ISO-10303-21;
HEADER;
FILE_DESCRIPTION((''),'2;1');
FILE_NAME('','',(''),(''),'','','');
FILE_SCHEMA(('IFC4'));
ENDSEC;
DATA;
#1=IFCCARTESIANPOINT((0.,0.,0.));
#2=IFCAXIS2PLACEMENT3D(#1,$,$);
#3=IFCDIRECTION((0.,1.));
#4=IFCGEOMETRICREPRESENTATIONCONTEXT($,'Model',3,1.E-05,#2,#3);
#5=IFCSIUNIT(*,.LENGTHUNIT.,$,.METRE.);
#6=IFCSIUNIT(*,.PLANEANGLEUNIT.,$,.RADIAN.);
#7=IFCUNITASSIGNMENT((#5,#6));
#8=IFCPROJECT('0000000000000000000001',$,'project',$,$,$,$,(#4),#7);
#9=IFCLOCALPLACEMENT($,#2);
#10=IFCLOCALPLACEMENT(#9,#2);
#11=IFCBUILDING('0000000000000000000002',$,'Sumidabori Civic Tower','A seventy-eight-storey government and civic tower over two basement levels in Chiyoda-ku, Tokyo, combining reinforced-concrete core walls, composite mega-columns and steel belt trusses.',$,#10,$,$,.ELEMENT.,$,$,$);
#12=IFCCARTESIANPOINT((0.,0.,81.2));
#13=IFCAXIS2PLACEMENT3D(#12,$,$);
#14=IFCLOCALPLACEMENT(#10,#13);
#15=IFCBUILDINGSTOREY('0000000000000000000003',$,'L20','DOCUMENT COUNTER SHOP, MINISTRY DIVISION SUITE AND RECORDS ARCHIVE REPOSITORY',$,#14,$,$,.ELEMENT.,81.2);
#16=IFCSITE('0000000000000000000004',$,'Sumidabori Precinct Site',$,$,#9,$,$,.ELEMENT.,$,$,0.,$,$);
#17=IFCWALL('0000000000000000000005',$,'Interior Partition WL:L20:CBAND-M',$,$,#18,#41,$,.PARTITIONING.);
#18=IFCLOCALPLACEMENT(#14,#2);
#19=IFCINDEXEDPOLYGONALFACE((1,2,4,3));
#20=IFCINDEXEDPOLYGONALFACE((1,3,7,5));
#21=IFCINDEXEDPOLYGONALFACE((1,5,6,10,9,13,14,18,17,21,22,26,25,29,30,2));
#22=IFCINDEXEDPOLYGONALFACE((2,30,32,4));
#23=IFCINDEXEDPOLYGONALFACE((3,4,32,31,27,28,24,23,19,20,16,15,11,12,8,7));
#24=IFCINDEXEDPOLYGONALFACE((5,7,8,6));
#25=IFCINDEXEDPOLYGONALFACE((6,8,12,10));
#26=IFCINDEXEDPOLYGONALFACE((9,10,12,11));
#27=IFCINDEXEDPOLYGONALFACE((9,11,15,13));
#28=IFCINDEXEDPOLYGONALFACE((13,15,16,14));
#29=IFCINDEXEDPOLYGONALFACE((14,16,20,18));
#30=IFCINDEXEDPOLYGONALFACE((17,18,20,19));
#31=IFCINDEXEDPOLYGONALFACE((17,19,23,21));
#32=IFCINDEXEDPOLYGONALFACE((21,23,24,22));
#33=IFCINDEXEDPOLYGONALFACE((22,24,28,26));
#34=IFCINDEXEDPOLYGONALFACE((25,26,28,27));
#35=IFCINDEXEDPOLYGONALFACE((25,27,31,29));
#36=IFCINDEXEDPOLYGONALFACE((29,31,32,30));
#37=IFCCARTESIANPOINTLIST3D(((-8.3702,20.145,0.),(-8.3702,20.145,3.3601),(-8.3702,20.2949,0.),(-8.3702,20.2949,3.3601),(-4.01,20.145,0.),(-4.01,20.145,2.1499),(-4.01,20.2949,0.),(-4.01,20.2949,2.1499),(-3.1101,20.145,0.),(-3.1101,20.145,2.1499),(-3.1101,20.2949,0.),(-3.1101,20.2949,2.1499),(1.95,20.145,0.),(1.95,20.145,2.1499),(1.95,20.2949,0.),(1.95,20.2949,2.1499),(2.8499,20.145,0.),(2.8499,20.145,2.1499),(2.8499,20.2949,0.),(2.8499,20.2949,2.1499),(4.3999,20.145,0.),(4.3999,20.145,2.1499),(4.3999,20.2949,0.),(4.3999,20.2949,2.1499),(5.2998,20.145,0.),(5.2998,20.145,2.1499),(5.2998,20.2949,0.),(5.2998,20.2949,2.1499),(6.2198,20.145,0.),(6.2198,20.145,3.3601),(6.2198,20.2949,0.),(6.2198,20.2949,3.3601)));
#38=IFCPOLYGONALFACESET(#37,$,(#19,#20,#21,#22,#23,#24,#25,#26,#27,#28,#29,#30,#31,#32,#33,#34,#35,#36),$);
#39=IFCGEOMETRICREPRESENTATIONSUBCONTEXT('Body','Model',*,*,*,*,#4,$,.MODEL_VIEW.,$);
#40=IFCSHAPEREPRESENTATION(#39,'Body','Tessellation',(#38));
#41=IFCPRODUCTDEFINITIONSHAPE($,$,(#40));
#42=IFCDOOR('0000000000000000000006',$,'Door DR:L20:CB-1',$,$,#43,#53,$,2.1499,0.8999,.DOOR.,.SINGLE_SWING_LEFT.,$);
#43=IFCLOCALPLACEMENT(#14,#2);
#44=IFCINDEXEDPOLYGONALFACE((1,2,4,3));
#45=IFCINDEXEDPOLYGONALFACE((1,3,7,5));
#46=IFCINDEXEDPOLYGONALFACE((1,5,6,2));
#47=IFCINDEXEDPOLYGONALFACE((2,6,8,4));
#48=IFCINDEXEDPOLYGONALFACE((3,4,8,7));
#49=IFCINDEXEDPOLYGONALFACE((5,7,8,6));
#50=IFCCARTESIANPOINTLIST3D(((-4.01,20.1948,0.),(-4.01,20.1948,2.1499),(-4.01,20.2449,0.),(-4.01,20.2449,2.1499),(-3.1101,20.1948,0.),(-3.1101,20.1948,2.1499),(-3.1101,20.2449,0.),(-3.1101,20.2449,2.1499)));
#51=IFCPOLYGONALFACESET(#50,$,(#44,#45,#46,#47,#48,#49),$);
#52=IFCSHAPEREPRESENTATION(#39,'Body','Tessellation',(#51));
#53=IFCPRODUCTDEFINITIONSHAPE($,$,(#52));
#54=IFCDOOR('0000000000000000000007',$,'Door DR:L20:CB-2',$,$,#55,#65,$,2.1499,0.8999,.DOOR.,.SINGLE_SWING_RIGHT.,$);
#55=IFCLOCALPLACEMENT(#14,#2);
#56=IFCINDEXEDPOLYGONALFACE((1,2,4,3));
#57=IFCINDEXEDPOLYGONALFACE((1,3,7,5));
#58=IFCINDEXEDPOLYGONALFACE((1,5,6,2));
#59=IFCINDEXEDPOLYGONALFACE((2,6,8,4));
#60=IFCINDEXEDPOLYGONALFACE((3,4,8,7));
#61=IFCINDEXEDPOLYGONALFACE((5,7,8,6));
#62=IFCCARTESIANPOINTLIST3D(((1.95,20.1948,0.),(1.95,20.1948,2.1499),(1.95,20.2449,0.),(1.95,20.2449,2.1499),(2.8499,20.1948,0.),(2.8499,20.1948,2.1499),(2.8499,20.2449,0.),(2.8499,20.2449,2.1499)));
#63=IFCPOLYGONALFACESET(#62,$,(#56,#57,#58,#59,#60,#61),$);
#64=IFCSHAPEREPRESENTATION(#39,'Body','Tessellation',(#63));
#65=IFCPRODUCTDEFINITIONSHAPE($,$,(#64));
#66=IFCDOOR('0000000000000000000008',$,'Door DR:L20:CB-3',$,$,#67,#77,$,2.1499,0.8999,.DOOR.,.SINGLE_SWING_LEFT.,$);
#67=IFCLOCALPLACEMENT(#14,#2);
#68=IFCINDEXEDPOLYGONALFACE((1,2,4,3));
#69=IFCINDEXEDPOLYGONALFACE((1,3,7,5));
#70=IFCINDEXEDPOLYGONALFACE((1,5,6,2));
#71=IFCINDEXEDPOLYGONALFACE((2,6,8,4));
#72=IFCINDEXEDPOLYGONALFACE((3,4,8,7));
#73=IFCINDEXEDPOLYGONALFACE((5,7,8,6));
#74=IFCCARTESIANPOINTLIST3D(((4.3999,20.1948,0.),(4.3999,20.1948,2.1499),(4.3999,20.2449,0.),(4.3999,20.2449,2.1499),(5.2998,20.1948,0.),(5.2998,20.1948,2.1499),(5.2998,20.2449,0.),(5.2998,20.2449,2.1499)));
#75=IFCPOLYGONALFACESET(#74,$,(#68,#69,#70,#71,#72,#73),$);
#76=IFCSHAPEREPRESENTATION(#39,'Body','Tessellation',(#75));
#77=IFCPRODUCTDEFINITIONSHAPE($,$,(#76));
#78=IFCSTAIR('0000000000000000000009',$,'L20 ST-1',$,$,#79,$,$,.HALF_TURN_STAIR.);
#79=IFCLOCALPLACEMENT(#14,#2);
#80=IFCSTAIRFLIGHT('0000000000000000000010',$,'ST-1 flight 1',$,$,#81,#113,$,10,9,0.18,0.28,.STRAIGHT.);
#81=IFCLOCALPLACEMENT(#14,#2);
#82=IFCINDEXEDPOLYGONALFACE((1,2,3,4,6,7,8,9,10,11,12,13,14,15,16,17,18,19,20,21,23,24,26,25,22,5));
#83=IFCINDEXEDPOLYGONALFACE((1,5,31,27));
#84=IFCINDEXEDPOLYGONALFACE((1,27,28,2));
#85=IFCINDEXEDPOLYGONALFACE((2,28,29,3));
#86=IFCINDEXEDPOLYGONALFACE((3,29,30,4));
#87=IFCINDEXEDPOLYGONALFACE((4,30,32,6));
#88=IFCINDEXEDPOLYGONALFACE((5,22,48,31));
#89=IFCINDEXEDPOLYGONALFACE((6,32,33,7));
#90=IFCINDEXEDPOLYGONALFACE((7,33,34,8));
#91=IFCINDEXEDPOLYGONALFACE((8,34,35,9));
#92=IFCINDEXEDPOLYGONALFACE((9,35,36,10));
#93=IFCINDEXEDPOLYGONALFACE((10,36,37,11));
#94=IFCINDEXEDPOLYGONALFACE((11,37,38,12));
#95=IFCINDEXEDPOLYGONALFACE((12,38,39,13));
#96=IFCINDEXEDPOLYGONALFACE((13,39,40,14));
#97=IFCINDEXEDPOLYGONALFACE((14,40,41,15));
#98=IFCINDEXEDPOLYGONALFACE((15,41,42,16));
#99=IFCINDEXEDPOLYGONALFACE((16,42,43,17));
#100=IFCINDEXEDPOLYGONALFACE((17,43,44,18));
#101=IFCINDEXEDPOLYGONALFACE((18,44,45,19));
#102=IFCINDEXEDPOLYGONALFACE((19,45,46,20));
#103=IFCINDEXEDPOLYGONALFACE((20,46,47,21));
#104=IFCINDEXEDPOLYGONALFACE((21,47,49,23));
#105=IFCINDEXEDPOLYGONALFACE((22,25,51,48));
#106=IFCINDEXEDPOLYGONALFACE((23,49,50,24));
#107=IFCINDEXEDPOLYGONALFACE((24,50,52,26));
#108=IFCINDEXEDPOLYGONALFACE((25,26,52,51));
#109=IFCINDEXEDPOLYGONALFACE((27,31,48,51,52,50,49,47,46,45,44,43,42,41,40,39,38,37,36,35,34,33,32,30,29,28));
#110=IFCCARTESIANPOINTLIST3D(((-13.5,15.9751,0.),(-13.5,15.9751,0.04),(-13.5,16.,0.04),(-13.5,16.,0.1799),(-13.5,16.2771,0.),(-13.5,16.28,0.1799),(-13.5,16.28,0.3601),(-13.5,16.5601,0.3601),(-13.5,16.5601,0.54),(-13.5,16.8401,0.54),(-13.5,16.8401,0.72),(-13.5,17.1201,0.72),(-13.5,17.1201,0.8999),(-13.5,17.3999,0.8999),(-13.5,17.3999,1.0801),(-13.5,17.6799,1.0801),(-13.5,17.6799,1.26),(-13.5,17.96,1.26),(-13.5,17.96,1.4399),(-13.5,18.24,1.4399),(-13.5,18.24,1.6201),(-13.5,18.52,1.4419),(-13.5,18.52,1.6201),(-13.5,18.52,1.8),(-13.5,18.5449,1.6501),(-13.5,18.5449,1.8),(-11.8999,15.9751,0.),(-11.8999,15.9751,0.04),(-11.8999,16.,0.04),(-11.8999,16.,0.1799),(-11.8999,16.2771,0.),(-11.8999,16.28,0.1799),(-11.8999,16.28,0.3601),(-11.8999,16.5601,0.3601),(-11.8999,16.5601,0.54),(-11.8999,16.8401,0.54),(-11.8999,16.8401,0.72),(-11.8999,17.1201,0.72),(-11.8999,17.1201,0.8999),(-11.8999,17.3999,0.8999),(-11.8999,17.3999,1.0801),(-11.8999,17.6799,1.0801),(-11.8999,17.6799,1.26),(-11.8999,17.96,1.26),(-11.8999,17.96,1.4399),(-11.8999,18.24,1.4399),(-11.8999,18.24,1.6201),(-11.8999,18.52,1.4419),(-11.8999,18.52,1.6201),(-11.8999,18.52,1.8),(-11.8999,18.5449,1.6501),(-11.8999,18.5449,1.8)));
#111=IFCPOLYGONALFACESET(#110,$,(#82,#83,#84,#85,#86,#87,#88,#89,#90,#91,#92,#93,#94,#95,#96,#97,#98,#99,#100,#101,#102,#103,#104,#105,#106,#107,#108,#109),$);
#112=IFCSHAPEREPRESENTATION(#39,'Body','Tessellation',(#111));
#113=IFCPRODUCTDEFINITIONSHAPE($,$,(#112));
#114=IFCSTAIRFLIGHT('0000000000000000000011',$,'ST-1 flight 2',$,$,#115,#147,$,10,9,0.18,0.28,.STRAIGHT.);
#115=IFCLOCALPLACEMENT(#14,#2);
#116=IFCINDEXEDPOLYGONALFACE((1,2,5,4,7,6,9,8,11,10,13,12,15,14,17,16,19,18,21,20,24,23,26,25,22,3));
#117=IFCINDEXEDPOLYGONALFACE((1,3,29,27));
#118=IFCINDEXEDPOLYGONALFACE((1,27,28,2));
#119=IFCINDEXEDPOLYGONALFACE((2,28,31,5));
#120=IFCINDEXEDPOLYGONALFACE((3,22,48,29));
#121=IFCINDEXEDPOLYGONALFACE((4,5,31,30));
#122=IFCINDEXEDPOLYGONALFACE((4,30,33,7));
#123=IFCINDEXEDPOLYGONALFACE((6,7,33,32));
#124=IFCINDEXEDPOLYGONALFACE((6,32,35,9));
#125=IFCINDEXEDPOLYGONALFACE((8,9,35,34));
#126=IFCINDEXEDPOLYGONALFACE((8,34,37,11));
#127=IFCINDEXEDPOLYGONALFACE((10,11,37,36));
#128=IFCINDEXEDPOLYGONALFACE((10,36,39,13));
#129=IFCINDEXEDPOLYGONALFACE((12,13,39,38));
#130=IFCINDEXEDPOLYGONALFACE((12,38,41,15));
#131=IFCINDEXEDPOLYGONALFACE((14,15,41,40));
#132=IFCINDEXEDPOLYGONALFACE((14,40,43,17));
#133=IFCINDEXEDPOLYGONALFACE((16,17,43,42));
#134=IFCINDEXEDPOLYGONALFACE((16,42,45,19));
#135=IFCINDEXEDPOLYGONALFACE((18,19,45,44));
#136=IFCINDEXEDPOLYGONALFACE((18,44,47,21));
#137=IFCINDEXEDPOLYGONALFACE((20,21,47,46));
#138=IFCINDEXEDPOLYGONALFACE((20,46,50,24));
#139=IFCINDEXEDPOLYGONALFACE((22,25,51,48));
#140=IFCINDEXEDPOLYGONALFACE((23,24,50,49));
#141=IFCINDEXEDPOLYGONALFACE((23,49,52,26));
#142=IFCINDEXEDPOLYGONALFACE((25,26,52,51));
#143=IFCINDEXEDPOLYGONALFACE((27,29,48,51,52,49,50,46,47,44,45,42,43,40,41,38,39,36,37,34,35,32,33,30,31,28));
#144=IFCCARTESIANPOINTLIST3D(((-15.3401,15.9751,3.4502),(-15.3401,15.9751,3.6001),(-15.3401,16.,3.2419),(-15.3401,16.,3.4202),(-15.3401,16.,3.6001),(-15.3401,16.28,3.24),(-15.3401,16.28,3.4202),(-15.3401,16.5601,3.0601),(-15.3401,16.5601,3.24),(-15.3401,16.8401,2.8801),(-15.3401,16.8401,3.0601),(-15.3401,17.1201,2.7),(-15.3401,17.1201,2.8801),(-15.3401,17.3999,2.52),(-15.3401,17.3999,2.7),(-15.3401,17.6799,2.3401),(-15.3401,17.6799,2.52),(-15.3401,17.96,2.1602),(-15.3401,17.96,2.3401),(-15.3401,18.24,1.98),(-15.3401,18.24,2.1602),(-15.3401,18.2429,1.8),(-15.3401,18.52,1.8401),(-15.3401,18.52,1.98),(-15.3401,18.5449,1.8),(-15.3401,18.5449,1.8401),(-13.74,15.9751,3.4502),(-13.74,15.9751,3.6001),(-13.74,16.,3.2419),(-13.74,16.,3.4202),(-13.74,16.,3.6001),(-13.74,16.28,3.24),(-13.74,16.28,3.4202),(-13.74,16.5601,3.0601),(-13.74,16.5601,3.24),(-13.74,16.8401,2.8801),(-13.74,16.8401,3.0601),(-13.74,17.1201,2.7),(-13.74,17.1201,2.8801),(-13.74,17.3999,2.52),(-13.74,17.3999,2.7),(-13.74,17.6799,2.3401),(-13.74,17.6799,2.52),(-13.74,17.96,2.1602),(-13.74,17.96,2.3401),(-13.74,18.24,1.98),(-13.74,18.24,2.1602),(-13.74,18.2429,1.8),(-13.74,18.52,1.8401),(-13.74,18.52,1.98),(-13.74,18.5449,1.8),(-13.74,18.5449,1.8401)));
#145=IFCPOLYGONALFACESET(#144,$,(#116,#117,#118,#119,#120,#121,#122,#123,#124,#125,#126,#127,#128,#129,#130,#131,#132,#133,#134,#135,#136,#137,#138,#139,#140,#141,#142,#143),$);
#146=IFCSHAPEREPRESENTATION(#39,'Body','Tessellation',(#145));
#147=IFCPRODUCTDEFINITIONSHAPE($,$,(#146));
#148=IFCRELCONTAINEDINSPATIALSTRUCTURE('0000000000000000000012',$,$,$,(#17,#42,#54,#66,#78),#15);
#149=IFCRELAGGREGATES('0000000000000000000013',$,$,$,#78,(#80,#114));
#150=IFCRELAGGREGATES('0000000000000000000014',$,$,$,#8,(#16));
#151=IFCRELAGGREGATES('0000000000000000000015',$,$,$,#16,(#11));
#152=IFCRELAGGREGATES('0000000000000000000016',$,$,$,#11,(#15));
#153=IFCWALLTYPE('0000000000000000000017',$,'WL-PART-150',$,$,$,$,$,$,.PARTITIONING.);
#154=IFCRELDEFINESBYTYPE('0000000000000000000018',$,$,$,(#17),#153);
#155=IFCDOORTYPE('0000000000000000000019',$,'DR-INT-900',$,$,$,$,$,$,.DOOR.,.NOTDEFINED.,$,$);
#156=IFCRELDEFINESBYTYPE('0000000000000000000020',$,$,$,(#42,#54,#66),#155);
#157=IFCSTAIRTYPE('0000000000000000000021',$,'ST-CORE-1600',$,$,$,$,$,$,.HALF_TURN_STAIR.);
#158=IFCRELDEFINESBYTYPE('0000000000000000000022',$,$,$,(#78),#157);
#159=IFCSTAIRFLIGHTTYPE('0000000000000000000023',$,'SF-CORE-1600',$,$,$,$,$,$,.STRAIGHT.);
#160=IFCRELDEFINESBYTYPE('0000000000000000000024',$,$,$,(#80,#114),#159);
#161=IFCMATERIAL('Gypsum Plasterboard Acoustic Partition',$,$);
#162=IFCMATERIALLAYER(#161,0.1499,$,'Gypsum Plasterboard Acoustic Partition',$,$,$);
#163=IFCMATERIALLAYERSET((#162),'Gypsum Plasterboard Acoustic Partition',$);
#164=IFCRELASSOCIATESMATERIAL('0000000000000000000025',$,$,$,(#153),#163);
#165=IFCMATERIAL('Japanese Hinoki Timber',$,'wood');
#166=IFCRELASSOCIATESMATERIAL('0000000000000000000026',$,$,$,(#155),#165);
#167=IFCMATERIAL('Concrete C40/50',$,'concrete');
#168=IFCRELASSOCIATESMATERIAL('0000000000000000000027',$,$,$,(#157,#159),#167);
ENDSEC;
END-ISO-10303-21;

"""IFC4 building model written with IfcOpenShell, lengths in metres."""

from ifc_helpers import new_model, si_unit, direction, frame, frame_2d, origin, place, context, subcontext, project, spatial, polyline, rectangle, outline, extrude, source, transform, mapped, material, layer, layer_set, type_object, element, fill, aggregate, save


model = new_model("IFC4")

# Units and contexts
model_context = context("Model", 3, precision=1e-05, world=origin(), true_north=direction((0.0, 1.0)))
body_context = subcontext(model_context, "Body", "Model", "MODEL_VIEW")
ifc_project = project(units=[si_unit("LENGTHUNIT", "METRE"), si_unit("PLANEANGLEUNIT", "RADIAN")], contexts=[model_context])

# Site, building, storey
site_placement = place(None, origin())
site = spatial("IfcSite", under=ifc_project, at=site_placement, Name="Sumidabori Precinct Site", CompositionType="ELEMENT", RefElevation=0.0)
building_placement = place(site_placement, origin())
building = spatial("IfcBuilding", under=site, at=building_placement, Name="Sumidabori Civic Tower", Description="A seventy-eight-storey government and civic tower over two basement levels in Chiyoda-ku, Tokyo, combining reinforced-concrete core walls, composite mega-columns and steel belt trusses.", CompositionType="ELEMENT")
storey_placement = place(building_placement, frame((0.0, 0.0, 81.2)))
storey = spatial("IfcBuildingStorey", under=building, at=storey_placement, Name="L20", Description="DOCUMENT COUNTER SHOP, MINISTRY DIVISION SUITE AND RECORDS ARCHIVE REPOSITORY", CompositionType="ELEMENT", Elevation=81.2)

# Wall, openings, doors
ifc_material_1 = material(Name="Gypsum Plasterboard Acoustic Partition")
ifc_layer_1 = layer(ifc_material_1, 0.1499, Name="Gypsum Plasterboard Acoustic Partition")
ifc_layer_set_1 = layer_set([ifc_layer_1], Name="Gypsum Plasterboard Acoustic Partition")
wall_type_1 = type_object("IfcWallType", Name="WL-PART-150", PredefinedType="PARTITIONING", material=ifc_layer_set_1)
shared_shape_1 = source(origin(), body_context, "Body", "SweptSolid", [
    extrude(rectangle(XDim=14.5901, YDim=0.1499, at=frame_2d((7.2949, 0.0))), origin(), (0.0, 0.0, 1.0), 3.3601),
])
wall_1_placement = place(storey_placement, frame((-8.3701, 20.22, 0.0), z_axis=(0.0, 0.0, 1.0), x_axis=(1.0, 0.0, 0.0)))
wall_1 = element("IfcWall", 1, at=wall_1_placement, inside=storey, type_object=wall_type_1, Name="Interior Partition WL:L20:CBAND-M", PredefinedType="PARTITIONING", context=body_context, shape_type="MappedRepresentation", body=[
    mapped(shared_shape_1, transform((0.0, 0.0, 0.0), x_axis=(1.0, 0.0, 0.0), y_axis=(0.0, 1.0, 0.0), z_axis=(0.0, 0.0, 1.0), scale=1.0)),
])
opening_1_placement = place(wall_1_placement, frame((4.3601, 0.0, 0.0)))
opening_1 = element("IfcOpeningElement", 2, at=opening_1_placement, cuts=wall_1, PredefinedType="OPENING", context=body_context, shape_type="SweptSolid", body=[
    extrude(rectangle(XDim=0.8999, YDim=2.1499, at=frame_2d((0.45, 1.075))), frame((0.0, 0.0869, 0.0), z_axis=(0.0, -1.0, 0.0), x_axis=(1.0, 0.0, 0.0)), (0.0, 0.0, 1.0), 0.1738),
])
opening_2_placement = place(wall_1_placement, frame((10.3201, 0.0, 0.0)))
opening_2 = element("IfcOpeningElement", 3, at=opening_2_placement, cuts=wall_1, PredefinedType="OPENING", context=body_context, shape_type="SweptSolid", body=[
    extrude(rectangle(XDim=0.8999, YDim=2.1499, at=frame_2d((0.45, 1.075))), frame((0.0, 0.0869, 0.0), z_axis=(0.0, -1.0, 0.0), x_axis=(1.0, 0.0, 0.0)), (0.0, 0.0, 1.0), 0.1738),
])
opening_3_placement = place(wall_1_placement, frame((12.77, 0.0, 0.0)))
opening_3 = element("IfcOpeningElement", 4, at=opening_3_placement, cuts=wall_1, PredefinedType="OPENING", context=body_context, shape_type="SweptSolid", body=[
    extrude(rectangle(XDim=0.8999, YDim=2.1499, at=frame_2d((0.45, 1.075))), frame((0.0, 0.0869, 0.0), z_axis=(0.0, -1.0, 0.0), x_axis=(1.0, 0.0, 0.0)), (0.0, 0.0, 1.0), 0.1738),
])
ifc_material_2 = material(Name="Japanese Hinoki Timber", Category="wood")
door_type = type_object("IfcDoorType", Name="DR-INT-900", OperationType="NOTDEFINED", PredefinedType="DOOR", material=ifc_material_2)
shared_shape_2 = source(origin(), body_context, "Body", "SweptSolid", [
    extrude(rectangle(XDim=0.8999, YDim=2.1499, at=frame_2d((0.45, 1.075))), frame((0.0, 0.0249, 0.0), z_axis=(0.0, -1.0, 0.0), x_axis=(1.0, 0.0, 0.0)), (0.0, 0.0, 1.0), 0.05),
])
door_1_placement = place(opening_1_placement, origin())
door_1 = element("IfcDoor", 5, at=door_1_placement, inside=storey, type_object=door_type, Name="Door DR:L20:CB-1", OperationType="SINGLE_SWING_LEFT", OverallHeight=2.1499, OverallWidth=0.8999, PredefinedType="DOOR", context=body_context, shape_type="MappedRepresentation", body=[
    mapped(shared_shape_2, transform((0.0, 0.0, 0.0), x_axis=(1.0, 0.0, 0.0), y_axis=(0.0, 1.0, 0.0), z_axis=(0.0, 0.0, 1.0), scale=1.0)),
])
fill(opening_1, door_1)
door_2_placement = place(opening_2_placement, origin())
door_2 = element("IfcDoor", 6, at=door_2_placement, inside=storey, type_object=door_type, Name="Door DR:L20:CB-2", OperationType="SINGLE_SWING_RIGHT", OverallHeight=2.1499, OverallWidth=0.8999, PredefinedType="DOOR", context=body_context, shape_type="MappedRepresentation", body=[
    mapped(shared_shape_2, transform((0.0, 0.0, 0.0), x_axis=(1.0, 0.0, 0.0), y_axis=(0.0, 1.0, 0.0), z_axis=(0.0, 0.0, 1.0), scale=1.0)),
])
fill(opening_2, door_2)
door_3_placement = place(opening_3_placement, origin())
door_3 = element("IfcDoor", 7, at=door_3_placement, inside=storey, type_object=door_type, Name="Door DR:L20:CB-3", OperationType="SINGLE_SWING_LEFT", OverallHeight=2.1499, OverallWidth=0.8999, PredefinedType="DOOR", context=body_context, shape_type="MappedRepresentation", body=[
    mapped(shared_shape_2, transform((0.0, 0.0, 0.0), x_axis=(1.0, 0.0, 0.0), y_axis=(0.0, 1.0, 0.0), z_axis=(0.0, 0.0, 1.0), scale=1.0)),
])
fill(opening_3, door_3)

# Stair, stair flights
ifc_material_3 = material(Name="Concrete C40/50", Category="concrete")
stair_type = type_object("IfcStairType", Name="ST-CORE-1600", PredefinedType="HALF_TURN_STAIR", material=ifc_material_3)
stair_placement = place(storey_placement, origin())
stair = element("IfcStair", 8, at=stair_placement, inside=storey, type_object=stair_type, Name="L20 ST-1", PredefinedType="HALF_TURN_STAIR")
stair_flight_type = type_object("IfcStairFlightType", Name="SF-CORE-1600", PredefinedType="STRAIGHT", material=ifc_material_3)
shared_shape_3 = source(origin(), body_context, "Body", "SweptSolid", [
    extrude(outline(polyline([(-0.0249, 0.0), (-0.0249, 0.04), (0.0, 0.04), (0.0, 0.1799), (0.28, 0.1799), (0.28, 0.3601), (0.5601, 0.3601), (0.5601, 0.54), (0.8401, 0.54), (0.8401, 0.72), (1.1201, 0.72), (1.1201, 0.8999), (1.3999, 0.8999), (1.3999, 1.0801), (1.6799, 1.0801), (1.6799, 1.26), (1.96, 1.26), (1.96, 1.4399), (2.24, 1.4399), (2.24, 1.6201), (2.52, 1.6201), (2.52, 1.8), (2.5449, 1.8), (2.5449, 1.6501), (2.52, 1.4419), (0.2771, 0.0), (-0.0249, 0.0)])), frame((0.0, 0.8, 0.0), z_axis=(0.0, -1.0, 0.0), x_axis=(1.0, 0.0, 0.0)), (0.0, 0.0, 1.0), 1.6001),
])
stair_flight_1_placement = place(storey_placement, frame((-12.7, 16.0, 0.0), z_axis=(0.0, 0.0, 1.0), x_axis=(0.0, 1.0, 0.0)))
stair_flight_1 = element("IfcStairFlight", 9, at=stair_flight_1_placement, type_object=stair_flight_type, Name="ST-1 flight 1", NumberOfRisers=10, NumberOfTreads=9, PredefinedType="STRAIGHT", RiserHeight=0.18, TreadLength=0.28, context=body_context, shape_type="MappedRepresentation", body=[
    mapped(shared_shape_3, transform((0.0, 0.0, 0.0), x_axis=(1.0, 0.0, 0.0), y_axis=(0.0, 1.0, 0.0), z_axis=(0.0, 0.0, 1.0), scale=1.0)),
])
stair_flight_2_placement = place(storey_placement, frame((-14.54, 18.52, 1.8), z_axis=(0.0, 0.0, 1.0), x_axis=(0.0, -1.0, 0.0)))
stair_flight_2 = element("IfcStairFlight", 10, at=stair_flight_2_placement, type_object=stair_flight_type, Name="ST-1 flight 2", NumberOfRisers=10, NumberOfTreads=9, PredefinedType="STRAIGHT", RiserHeight=0.18, TreadLength=0.28, context=body_context, shape_type="MappedRepresentation", body=[
    mapped(shared_shape_3, transform((0.0, 0.0, 0.0), x_axis=(1.0, 0.0, 0.0), y_axis=(0.0, 1.0, 0.0), z_axis=(0.0, 0.0, 1.0), scale=1.0)),
])
aggregate(stair, [stair_flight_1, stair_flight_2])

save(model, "model.ifc")
